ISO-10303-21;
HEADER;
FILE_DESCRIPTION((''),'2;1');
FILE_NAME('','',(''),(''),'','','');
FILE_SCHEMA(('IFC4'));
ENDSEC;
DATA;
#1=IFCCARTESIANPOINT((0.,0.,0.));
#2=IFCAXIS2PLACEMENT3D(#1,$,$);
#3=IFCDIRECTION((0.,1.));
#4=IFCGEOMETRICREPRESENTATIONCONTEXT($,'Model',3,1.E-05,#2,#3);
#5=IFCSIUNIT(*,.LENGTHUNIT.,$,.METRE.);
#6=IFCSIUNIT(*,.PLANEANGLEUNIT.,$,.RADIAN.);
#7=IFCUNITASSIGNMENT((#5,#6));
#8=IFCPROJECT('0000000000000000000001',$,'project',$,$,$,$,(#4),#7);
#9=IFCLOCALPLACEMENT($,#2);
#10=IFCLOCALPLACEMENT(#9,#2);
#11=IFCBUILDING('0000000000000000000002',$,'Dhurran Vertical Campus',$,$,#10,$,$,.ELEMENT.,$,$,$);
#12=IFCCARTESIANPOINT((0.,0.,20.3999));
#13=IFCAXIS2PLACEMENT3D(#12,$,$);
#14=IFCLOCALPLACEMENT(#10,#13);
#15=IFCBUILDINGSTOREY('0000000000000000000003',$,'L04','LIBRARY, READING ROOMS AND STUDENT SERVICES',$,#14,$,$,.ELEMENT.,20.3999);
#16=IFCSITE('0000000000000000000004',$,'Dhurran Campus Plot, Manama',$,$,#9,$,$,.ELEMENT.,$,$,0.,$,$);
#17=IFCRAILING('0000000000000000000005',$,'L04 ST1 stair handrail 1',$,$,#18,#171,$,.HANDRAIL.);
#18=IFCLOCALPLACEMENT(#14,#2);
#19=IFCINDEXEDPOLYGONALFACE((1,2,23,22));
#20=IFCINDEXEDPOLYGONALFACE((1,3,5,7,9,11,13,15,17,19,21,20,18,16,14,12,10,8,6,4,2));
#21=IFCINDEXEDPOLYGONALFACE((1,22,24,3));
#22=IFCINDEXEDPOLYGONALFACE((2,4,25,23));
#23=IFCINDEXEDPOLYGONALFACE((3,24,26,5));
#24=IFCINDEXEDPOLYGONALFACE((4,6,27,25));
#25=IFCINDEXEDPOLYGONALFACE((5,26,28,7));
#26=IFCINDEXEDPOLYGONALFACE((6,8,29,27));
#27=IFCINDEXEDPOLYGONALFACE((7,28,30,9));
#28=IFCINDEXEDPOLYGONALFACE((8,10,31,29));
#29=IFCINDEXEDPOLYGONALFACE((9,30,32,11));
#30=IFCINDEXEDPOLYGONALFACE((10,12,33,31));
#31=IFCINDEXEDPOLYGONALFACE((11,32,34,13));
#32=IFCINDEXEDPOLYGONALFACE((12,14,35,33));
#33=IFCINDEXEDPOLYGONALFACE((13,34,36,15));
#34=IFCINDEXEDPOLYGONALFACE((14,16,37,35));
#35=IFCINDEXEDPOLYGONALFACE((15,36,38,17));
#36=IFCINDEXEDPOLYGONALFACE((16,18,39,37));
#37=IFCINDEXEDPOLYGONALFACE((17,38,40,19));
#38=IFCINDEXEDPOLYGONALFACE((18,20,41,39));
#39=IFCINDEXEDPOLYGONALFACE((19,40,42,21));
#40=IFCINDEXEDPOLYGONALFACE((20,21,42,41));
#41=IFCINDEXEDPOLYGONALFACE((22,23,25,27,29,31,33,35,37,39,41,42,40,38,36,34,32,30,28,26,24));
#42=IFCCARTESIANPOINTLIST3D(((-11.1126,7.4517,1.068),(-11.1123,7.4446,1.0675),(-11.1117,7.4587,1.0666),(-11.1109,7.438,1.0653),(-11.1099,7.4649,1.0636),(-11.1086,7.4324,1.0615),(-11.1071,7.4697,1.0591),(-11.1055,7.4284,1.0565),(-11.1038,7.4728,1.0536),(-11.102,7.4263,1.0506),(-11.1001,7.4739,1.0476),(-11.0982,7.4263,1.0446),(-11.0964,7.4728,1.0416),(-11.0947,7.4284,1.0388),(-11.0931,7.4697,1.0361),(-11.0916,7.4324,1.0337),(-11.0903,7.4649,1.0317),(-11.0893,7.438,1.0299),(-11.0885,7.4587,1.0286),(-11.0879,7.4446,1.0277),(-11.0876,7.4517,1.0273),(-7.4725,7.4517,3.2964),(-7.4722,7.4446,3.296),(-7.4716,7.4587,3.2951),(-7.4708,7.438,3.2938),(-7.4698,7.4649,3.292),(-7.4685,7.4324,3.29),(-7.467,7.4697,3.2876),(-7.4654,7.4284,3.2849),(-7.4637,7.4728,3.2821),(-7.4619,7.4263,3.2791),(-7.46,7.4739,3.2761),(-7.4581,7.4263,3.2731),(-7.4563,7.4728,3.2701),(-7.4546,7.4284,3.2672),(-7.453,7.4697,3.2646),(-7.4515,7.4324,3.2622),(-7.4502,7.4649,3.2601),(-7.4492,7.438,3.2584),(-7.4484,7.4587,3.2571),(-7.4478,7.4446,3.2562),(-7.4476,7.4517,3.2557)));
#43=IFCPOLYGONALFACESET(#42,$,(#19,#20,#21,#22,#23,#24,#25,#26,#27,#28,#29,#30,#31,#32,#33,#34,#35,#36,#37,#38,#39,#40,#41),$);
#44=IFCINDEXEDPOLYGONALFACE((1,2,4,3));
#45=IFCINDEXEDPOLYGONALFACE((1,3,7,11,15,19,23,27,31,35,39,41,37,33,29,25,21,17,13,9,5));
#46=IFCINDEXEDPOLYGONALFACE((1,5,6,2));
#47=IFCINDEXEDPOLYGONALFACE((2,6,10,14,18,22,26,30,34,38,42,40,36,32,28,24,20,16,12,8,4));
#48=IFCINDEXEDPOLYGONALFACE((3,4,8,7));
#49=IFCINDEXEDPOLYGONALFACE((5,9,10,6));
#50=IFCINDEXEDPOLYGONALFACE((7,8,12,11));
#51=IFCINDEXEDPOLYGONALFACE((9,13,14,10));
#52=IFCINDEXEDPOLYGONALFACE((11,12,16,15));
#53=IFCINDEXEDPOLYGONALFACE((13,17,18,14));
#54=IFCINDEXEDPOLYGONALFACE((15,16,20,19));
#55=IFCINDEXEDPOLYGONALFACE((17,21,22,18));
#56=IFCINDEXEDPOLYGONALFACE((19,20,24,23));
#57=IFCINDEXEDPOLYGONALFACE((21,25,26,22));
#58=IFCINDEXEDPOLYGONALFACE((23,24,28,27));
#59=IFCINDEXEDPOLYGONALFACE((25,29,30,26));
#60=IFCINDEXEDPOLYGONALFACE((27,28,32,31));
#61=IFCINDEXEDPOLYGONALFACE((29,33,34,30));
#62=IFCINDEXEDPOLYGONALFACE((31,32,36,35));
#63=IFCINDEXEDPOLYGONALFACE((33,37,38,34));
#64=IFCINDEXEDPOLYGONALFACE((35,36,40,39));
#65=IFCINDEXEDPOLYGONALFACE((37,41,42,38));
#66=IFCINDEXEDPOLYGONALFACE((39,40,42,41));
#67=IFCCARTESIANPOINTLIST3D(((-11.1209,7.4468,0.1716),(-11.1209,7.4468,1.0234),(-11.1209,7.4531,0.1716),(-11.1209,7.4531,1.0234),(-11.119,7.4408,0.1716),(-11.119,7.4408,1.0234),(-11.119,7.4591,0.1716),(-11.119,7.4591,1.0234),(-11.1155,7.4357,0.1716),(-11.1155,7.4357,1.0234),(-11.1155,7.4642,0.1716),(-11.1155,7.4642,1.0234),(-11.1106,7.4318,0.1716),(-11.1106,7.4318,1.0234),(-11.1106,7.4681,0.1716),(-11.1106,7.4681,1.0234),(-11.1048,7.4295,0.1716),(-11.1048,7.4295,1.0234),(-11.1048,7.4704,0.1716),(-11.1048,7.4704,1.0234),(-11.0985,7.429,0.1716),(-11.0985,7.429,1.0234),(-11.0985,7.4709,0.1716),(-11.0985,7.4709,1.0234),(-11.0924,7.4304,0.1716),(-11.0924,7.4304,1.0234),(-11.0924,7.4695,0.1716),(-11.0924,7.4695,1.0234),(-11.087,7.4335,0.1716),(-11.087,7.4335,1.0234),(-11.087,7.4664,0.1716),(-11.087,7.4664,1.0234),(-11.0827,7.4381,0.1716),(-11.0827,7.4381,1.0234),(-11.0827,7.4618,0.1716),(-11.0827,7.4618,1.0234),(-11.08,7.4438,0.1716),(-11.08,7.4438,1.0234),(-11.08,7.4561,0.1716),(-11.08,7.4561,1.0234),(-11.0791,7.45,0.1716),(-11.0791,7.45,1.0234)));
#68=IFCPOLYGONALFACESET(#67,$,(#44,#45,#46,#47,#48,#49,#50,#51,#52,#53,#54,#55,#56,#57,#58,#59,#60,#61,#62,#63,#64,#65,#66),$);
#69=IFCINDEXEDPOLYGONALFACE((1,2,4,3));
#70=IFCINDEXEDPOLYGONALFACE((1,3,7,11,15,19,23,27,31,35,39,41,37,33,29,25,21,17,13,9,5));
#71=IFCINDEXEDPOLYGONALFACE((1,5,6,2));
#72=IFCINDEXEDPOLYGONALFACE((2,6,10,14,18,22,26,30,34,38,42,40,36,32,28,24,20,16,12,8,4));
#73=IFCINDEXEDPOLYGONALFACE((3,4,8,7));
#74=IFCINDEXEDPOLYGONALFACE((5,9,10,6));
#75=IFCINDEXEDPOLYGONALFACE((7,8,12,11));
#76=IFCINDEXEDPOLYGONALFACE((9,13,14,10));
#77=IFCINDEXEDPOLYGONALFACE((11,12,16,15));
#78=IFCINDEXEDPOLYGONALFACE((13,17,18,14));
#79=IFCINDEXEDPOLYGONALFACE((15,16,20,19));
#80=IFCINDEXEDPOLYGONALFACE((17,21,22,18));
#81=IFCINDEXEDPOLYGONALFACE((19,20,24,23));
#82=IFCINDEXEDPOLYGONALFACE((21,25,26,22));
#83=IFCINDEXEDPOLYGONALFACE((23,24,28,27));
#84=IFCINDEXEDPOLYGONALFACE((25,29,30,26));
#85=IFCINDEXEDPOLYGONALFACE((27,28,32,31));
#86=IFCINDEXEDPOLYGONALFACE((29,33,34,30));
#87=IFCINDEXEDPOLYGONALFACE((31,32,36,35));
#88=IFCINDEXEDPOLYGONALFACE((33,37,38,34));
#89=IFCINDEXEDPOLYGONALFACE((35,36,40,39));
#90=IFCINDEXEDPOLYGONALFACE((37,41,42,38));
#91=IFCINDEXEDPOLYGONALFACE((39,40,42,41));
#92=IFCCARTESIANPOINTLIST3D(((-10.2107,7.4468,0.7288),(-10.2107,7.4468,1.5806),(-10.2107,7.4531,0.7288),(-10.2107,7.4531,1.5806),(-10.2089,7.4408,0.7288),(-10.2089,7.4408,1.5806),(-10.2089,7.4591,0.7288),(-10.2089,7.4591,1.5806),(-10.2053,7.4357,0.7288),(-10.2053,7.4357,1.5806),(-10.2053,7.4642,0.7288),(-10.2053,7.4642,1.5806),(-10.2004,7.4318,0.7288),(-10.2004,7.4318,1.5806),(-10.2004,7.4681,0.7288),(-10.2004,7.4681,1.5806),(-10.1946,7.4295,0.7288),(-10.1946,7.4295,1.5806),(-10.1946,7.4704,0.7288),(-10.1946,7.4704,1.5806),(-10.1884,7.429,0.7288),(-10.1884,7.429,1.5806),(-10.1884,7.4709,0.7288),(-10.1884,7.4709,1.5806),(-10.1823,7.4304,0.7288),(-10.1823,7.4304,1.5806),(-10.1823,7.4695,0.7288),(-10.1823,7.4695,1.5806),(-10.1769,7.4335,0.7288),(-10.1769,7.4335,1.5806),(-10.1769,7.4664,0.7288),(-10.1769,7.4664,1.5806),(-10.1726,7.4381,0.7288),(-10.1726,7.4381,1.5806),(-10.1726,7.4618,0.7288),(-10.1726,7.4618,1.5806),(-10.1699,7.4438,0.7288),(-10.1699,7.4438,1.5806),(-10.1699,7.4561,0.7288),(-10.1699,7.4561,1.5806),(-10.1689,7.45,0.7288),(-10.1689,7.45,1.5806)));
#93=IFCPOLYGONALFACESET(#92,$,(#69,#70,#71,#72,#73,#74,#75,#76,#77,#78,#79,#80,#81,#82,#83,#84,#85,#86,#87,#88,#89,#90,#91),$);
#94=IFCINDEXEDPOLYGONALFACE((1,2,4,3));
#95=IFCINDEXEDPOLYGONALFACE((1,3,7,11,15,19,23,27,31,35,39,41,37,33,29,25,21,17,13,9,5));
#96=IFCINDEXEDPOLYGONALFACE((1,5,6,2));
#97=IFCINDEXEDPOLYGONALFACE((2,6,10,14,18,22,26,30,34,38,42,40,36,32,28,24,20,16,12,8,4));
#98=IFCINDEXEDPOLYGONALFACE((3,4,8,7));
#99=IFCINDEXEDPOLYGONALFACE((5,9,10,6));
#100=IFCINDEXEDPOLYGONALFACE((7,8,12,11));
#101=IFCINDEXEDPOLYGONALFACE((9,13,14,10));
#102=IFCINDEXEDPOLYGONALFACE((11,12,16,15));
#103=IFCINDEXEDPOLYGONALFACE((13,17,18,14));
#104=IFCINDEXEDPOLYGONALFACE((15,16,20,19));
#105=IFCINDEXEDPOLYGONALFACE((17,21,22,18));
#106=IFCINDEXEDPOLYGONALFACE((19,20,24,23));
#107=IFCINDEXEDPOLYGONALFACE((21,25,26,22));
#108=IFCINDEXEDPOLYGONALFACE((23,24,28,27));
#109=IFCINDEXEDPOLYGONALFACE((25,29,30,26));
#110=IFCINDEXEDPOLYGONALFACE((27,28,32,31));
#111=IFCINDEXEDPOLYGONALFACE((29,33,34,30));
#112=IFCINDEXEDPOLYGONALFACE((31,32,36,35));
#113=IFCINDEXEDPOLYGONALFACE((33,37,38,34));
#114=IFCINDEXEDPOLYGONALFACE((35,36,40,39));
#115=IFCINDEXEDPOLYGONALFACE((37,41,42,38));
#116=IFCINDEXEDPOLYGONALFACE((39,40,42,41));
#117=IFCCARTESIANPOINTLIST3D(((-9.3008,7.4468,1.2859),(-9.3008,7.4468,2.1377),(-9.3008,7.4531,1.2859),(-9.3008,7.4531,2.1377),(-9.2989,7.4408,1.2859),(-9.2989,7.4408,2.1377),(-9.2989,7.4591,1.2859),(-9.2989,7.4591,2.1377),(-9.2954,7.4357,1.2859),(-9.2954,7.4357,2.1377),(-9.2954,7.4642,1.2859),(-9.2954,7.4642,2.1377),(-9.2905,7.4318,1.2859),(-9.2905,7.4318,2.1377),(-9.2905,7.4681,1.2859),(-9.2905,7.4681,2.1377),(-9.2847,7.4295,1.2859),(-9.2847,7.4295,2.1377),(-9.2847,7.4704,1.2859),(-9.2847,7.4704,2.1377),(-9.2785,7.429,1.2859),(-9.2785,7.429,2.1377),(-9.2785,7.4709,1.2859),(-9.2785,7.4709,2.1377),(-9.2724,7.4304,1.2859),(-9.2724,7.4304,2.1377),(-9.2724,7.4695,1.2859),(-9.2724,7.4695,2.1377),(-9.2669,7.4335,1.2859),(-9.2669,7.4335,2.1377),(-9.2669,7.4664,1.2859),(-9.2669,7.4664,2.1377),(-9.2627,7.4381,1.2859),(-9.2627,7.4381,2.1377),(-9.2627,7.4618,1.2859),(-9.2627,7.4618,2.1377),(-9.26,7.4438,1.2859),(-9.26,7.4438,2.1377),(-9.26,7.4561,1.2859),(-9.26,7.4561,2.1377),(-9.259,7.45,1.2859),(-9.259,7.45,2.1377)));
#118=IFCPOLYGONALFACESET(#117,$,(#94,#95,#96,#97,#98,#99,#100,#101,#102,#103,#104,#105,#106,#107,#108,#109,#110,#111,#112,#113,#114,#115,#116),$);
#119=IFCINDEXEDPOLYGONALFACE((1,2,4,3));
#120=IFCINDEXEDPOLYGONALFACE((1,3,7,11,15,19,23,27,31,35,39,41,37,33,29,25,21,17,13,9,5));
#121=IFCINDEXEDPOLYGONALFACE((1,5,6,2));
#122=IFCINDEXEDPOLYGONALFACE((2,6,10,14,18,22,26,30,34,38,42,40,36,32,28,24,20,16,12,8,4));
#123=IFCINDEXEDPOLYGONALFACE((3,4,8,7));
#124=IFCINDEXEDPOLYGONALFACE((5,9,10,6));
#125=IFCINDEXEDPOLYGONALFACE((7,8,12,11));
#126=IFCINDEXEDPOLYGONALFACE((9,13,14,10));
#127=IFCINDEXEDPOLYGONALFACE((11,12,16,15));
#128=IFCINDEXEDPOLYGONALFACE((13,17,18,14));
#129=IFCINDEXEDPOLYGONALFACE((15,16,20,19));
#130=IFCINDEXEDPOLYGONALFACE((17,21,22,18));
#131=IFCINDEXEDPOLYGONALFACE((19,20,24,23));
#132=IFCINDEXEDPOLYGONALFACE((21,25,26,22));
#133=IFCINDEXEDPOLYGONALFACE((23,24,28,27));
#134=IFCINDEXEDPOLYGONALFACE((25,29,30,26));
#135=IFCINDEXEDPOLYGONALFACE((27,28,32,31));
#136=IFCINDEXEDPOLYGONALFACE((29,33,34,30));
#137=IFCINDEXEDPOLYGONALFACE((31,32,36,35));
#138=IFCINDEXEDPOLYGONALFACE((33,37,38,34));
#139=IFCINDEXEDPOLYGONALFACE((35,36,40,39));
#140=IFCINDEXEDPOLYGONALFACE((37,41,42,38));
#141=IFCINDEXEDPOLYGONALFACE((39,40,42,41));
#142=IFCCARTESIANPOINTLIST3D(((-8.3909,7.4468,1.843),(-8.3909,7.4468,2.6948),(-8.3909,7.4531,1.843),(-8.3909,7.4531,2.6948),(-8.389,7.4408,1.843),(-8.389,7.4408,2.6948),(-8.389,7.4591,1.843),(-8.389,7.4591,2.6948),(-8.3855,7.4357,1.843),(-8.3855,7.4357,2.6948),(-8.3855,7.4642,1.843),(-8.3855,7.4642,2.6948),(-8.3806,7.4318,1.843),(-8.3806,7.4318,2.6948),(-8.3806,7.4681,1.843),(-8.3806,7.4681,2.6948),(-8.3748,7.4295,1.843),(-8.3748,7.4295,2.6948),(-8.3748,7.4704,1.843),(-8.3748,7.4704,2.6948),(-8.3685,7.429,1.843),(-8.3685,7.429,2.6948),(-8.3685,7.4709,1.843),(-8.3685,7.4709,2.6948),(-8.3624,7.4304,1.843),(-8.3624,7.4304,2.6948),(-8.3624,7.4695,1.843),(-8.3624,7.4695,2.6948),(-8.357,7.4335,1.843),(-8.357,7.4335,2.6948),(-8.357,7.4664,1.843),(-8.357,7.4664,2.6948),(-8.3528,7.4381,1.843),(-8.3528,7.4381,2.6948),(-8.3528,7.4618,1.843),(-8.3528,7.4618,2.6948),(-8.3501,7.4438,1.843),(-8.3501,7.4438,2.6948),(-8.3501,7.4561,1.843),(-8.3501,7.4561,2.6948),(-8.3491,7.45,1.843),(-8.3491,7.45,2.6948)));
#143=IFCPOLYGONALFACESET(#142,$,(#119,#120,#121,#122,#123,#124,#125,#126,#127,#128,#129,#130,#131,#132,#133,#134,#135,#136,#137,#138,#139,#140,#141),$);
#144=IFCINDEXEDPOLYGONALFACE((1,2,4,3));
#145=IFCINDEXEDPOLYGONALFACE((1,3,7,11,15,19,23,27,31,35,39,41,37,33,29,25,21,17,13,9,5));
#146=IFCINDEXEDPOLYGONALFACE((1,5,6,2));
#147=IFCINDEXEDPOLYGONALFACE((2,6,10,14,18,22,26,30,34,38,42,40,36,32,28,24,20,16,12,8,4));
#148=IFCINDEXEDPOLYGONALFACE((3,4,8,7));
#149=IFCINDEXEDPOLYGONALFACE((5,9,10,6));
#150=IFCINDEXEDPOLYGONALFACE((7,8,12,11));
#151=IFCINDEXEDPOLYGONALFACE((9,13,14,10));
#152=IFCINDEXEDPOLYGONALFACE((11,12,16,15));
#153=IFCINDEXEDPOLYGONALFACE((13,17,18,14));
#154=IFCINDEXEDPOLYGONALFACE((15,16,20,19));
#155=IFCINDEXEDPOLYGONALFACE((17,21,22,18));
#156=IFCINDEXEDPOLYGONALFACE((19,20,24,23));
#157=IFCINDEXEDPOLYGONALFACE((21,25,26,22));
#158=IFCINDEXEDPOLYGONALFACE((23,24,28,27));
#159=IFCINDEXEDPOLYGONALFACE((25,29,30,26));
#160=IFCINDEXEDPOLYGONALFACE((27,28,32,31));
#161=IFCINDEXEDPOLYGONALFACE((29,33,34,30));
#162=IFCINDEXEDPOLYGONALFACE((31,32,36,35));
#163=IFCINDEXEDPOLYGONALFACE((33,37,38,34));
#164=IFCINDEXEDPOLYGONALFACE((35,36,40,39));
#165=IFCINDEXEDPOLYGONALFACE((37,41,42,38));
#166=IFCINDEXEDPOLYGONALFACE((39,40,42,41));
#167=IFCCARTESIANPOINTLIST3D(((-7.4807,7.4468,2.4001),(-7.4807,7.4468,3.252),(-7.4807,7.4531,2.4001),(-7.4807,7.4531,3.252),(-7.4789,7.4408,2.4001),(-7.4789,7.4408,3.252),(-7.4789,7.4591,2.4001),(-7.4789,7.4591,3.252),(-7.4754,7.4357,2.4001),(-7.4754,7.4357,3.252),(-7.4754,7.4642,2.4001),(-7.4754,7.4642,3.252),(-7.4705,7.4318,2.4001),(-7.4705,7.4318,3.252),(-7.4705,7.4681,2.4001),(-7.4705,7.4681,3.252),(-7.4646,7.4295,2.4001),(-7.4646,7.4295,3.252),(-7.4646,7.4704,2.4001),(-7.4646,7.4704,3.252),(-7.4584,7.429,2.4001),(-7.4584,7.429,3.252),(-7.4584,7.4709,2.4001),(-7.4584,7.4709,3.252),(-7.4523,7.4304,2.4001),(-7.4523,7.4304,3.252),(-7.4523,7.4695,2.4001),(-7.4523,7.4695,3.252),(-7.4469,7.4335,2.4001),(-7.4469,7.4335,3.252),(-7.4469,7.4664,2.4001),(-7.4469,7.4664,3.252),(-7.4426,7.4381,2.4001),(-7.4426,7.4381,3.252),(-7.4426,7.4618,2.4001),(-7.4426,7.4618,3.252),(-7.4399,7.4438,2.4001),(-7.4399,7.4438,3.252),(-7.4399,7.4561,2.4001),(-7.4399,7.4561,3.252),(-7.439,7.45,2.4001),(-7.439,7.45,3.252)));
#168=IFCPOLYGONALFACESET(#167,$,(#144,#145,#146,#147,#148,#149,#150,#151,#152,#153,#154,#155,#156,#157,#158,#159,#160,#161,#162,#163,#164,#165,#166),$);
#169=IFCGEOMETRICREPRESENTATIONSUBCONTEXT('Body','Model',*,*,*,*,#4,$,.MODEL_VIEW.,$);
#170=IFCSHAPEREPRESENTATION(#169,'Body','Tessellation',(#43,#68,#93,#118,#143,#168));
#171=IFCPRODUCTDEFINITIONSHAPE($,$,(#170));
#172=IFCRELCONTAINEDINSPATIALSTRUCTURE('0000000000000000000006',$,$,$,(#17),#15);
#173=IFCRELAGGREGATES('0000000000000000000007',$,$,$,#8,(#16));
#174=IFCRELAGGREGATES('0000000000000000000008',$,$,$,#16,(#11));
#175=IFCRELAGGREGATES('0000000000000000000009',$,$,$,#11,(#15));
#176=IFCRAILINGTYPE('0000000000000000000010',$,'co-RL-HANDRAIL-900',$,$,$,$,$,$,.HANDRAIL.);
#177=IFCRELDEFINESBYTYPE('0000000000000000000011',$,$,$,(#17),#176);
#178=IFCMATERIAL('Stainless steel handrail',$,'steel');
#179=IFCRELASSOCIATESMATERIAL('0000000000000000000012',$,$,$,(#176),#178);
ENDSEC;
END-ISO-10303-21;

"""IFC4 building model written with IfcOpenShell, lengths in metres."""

from ifc_helpers import new_model, si_unit, direction, frame, origin, origin_2d, place, context, subcontext, project, spatial, circle, extrude, material, type_object, element, save


model = new_model("IFC4")

# Units and contexts
model_context = context("Model", 3, precision=1e-05, world=origin(), true_north=direction((0.0, 1.0)))
body_context = subcontext(model_context, "Body", "Model", "MODEL_VIEW")
ifc_project = project(units=[si_unit("LENGTHUNIT", "METRE"), si_unit("PLANEANGLEUNIT", "RADIAN")], contexts=[model_context])

# Site, building, storey
site_placement = place(None, origin())
site = spatial("IfcSite", under=ifc_project, at=site_placement, Name="Dhurran Campus Plot, Manama", CompositionType="ELEMENT", RefElevation=0.0)
building_placement = place(site_placement, origin())
building = spatial("IfcBuilding", under=site, at=building_placement, Name="Dhurran Vertical Campus", CompositionType="ELEMENT")
storey_placement = place(building_placement, frame((0.0, 0.0, 20.3999)))
storey = spatial("IfcBuildingStorey", under=building, at=storey_placement, Name="L04", Description="LIBRARY, READING ROOMS AND STUDENT SERVICES", CompositionType="ELEMENT", Elevation=20.3999)

# Railing
ifc_material_1 = material(Name="Stainless steel handrail", Category="steel")
railing_type_1 = type_object("IfcRailingType", Name="co-RL-HANDRAIL-900", PredefinedType="HANDRAIL", material=ifc_material_1)
railing_1_placement = place(storey_placement, frame((-11.1001, 7.45, 0.1716)))
element("IfcRailing", 1, at=railing_1_placement, inside=storey, type_object=railing_type_1, Name="L04 ST1 stair handrail 1", PredefinedType="HANDRAIL", context=body_context, shape_type="SweptSolid", body=[
    extrude(circle(Radius=0.0239, at=origin_2d()), frame((0.0, 0.0, 0.876), z_axis=(0.852866, 0.0, 0.52213), x_axis=(0.0, 1.0, 0.0)), (0.0, 0.0, 1.0), 4.2681),
    extrude(circle(Radius=0.021, at=origin_2d()), origin(), (0.0, 0.0, 1.0), 0.8518),
    extrude(circle(Radius=0.021, at=origin_2d()), frame((0.9102, 0.0, 0.5571)), (0.0, 0.0, 1.0), 0.8518),
    extrude(circle(Radius=0.021, at=origin_2d()), frame((1.8201, 0.0, 1.1143)), (0.0, 0.0, 1.0), 0.8518),
    extrude(circle(Radius=0.021, at=origin_2d()), frame((2.73, 0.0, 1.6714)), (0.0, 0.0, 1.0), 0.8518),
    extrude(circle(Radius=0.021, at=origin_2d()), frame((3.6401, 0.0, 2.2285)), (0.0, 0.0, 1.0), 0.8518),
])

save(model, "model.ifc")
